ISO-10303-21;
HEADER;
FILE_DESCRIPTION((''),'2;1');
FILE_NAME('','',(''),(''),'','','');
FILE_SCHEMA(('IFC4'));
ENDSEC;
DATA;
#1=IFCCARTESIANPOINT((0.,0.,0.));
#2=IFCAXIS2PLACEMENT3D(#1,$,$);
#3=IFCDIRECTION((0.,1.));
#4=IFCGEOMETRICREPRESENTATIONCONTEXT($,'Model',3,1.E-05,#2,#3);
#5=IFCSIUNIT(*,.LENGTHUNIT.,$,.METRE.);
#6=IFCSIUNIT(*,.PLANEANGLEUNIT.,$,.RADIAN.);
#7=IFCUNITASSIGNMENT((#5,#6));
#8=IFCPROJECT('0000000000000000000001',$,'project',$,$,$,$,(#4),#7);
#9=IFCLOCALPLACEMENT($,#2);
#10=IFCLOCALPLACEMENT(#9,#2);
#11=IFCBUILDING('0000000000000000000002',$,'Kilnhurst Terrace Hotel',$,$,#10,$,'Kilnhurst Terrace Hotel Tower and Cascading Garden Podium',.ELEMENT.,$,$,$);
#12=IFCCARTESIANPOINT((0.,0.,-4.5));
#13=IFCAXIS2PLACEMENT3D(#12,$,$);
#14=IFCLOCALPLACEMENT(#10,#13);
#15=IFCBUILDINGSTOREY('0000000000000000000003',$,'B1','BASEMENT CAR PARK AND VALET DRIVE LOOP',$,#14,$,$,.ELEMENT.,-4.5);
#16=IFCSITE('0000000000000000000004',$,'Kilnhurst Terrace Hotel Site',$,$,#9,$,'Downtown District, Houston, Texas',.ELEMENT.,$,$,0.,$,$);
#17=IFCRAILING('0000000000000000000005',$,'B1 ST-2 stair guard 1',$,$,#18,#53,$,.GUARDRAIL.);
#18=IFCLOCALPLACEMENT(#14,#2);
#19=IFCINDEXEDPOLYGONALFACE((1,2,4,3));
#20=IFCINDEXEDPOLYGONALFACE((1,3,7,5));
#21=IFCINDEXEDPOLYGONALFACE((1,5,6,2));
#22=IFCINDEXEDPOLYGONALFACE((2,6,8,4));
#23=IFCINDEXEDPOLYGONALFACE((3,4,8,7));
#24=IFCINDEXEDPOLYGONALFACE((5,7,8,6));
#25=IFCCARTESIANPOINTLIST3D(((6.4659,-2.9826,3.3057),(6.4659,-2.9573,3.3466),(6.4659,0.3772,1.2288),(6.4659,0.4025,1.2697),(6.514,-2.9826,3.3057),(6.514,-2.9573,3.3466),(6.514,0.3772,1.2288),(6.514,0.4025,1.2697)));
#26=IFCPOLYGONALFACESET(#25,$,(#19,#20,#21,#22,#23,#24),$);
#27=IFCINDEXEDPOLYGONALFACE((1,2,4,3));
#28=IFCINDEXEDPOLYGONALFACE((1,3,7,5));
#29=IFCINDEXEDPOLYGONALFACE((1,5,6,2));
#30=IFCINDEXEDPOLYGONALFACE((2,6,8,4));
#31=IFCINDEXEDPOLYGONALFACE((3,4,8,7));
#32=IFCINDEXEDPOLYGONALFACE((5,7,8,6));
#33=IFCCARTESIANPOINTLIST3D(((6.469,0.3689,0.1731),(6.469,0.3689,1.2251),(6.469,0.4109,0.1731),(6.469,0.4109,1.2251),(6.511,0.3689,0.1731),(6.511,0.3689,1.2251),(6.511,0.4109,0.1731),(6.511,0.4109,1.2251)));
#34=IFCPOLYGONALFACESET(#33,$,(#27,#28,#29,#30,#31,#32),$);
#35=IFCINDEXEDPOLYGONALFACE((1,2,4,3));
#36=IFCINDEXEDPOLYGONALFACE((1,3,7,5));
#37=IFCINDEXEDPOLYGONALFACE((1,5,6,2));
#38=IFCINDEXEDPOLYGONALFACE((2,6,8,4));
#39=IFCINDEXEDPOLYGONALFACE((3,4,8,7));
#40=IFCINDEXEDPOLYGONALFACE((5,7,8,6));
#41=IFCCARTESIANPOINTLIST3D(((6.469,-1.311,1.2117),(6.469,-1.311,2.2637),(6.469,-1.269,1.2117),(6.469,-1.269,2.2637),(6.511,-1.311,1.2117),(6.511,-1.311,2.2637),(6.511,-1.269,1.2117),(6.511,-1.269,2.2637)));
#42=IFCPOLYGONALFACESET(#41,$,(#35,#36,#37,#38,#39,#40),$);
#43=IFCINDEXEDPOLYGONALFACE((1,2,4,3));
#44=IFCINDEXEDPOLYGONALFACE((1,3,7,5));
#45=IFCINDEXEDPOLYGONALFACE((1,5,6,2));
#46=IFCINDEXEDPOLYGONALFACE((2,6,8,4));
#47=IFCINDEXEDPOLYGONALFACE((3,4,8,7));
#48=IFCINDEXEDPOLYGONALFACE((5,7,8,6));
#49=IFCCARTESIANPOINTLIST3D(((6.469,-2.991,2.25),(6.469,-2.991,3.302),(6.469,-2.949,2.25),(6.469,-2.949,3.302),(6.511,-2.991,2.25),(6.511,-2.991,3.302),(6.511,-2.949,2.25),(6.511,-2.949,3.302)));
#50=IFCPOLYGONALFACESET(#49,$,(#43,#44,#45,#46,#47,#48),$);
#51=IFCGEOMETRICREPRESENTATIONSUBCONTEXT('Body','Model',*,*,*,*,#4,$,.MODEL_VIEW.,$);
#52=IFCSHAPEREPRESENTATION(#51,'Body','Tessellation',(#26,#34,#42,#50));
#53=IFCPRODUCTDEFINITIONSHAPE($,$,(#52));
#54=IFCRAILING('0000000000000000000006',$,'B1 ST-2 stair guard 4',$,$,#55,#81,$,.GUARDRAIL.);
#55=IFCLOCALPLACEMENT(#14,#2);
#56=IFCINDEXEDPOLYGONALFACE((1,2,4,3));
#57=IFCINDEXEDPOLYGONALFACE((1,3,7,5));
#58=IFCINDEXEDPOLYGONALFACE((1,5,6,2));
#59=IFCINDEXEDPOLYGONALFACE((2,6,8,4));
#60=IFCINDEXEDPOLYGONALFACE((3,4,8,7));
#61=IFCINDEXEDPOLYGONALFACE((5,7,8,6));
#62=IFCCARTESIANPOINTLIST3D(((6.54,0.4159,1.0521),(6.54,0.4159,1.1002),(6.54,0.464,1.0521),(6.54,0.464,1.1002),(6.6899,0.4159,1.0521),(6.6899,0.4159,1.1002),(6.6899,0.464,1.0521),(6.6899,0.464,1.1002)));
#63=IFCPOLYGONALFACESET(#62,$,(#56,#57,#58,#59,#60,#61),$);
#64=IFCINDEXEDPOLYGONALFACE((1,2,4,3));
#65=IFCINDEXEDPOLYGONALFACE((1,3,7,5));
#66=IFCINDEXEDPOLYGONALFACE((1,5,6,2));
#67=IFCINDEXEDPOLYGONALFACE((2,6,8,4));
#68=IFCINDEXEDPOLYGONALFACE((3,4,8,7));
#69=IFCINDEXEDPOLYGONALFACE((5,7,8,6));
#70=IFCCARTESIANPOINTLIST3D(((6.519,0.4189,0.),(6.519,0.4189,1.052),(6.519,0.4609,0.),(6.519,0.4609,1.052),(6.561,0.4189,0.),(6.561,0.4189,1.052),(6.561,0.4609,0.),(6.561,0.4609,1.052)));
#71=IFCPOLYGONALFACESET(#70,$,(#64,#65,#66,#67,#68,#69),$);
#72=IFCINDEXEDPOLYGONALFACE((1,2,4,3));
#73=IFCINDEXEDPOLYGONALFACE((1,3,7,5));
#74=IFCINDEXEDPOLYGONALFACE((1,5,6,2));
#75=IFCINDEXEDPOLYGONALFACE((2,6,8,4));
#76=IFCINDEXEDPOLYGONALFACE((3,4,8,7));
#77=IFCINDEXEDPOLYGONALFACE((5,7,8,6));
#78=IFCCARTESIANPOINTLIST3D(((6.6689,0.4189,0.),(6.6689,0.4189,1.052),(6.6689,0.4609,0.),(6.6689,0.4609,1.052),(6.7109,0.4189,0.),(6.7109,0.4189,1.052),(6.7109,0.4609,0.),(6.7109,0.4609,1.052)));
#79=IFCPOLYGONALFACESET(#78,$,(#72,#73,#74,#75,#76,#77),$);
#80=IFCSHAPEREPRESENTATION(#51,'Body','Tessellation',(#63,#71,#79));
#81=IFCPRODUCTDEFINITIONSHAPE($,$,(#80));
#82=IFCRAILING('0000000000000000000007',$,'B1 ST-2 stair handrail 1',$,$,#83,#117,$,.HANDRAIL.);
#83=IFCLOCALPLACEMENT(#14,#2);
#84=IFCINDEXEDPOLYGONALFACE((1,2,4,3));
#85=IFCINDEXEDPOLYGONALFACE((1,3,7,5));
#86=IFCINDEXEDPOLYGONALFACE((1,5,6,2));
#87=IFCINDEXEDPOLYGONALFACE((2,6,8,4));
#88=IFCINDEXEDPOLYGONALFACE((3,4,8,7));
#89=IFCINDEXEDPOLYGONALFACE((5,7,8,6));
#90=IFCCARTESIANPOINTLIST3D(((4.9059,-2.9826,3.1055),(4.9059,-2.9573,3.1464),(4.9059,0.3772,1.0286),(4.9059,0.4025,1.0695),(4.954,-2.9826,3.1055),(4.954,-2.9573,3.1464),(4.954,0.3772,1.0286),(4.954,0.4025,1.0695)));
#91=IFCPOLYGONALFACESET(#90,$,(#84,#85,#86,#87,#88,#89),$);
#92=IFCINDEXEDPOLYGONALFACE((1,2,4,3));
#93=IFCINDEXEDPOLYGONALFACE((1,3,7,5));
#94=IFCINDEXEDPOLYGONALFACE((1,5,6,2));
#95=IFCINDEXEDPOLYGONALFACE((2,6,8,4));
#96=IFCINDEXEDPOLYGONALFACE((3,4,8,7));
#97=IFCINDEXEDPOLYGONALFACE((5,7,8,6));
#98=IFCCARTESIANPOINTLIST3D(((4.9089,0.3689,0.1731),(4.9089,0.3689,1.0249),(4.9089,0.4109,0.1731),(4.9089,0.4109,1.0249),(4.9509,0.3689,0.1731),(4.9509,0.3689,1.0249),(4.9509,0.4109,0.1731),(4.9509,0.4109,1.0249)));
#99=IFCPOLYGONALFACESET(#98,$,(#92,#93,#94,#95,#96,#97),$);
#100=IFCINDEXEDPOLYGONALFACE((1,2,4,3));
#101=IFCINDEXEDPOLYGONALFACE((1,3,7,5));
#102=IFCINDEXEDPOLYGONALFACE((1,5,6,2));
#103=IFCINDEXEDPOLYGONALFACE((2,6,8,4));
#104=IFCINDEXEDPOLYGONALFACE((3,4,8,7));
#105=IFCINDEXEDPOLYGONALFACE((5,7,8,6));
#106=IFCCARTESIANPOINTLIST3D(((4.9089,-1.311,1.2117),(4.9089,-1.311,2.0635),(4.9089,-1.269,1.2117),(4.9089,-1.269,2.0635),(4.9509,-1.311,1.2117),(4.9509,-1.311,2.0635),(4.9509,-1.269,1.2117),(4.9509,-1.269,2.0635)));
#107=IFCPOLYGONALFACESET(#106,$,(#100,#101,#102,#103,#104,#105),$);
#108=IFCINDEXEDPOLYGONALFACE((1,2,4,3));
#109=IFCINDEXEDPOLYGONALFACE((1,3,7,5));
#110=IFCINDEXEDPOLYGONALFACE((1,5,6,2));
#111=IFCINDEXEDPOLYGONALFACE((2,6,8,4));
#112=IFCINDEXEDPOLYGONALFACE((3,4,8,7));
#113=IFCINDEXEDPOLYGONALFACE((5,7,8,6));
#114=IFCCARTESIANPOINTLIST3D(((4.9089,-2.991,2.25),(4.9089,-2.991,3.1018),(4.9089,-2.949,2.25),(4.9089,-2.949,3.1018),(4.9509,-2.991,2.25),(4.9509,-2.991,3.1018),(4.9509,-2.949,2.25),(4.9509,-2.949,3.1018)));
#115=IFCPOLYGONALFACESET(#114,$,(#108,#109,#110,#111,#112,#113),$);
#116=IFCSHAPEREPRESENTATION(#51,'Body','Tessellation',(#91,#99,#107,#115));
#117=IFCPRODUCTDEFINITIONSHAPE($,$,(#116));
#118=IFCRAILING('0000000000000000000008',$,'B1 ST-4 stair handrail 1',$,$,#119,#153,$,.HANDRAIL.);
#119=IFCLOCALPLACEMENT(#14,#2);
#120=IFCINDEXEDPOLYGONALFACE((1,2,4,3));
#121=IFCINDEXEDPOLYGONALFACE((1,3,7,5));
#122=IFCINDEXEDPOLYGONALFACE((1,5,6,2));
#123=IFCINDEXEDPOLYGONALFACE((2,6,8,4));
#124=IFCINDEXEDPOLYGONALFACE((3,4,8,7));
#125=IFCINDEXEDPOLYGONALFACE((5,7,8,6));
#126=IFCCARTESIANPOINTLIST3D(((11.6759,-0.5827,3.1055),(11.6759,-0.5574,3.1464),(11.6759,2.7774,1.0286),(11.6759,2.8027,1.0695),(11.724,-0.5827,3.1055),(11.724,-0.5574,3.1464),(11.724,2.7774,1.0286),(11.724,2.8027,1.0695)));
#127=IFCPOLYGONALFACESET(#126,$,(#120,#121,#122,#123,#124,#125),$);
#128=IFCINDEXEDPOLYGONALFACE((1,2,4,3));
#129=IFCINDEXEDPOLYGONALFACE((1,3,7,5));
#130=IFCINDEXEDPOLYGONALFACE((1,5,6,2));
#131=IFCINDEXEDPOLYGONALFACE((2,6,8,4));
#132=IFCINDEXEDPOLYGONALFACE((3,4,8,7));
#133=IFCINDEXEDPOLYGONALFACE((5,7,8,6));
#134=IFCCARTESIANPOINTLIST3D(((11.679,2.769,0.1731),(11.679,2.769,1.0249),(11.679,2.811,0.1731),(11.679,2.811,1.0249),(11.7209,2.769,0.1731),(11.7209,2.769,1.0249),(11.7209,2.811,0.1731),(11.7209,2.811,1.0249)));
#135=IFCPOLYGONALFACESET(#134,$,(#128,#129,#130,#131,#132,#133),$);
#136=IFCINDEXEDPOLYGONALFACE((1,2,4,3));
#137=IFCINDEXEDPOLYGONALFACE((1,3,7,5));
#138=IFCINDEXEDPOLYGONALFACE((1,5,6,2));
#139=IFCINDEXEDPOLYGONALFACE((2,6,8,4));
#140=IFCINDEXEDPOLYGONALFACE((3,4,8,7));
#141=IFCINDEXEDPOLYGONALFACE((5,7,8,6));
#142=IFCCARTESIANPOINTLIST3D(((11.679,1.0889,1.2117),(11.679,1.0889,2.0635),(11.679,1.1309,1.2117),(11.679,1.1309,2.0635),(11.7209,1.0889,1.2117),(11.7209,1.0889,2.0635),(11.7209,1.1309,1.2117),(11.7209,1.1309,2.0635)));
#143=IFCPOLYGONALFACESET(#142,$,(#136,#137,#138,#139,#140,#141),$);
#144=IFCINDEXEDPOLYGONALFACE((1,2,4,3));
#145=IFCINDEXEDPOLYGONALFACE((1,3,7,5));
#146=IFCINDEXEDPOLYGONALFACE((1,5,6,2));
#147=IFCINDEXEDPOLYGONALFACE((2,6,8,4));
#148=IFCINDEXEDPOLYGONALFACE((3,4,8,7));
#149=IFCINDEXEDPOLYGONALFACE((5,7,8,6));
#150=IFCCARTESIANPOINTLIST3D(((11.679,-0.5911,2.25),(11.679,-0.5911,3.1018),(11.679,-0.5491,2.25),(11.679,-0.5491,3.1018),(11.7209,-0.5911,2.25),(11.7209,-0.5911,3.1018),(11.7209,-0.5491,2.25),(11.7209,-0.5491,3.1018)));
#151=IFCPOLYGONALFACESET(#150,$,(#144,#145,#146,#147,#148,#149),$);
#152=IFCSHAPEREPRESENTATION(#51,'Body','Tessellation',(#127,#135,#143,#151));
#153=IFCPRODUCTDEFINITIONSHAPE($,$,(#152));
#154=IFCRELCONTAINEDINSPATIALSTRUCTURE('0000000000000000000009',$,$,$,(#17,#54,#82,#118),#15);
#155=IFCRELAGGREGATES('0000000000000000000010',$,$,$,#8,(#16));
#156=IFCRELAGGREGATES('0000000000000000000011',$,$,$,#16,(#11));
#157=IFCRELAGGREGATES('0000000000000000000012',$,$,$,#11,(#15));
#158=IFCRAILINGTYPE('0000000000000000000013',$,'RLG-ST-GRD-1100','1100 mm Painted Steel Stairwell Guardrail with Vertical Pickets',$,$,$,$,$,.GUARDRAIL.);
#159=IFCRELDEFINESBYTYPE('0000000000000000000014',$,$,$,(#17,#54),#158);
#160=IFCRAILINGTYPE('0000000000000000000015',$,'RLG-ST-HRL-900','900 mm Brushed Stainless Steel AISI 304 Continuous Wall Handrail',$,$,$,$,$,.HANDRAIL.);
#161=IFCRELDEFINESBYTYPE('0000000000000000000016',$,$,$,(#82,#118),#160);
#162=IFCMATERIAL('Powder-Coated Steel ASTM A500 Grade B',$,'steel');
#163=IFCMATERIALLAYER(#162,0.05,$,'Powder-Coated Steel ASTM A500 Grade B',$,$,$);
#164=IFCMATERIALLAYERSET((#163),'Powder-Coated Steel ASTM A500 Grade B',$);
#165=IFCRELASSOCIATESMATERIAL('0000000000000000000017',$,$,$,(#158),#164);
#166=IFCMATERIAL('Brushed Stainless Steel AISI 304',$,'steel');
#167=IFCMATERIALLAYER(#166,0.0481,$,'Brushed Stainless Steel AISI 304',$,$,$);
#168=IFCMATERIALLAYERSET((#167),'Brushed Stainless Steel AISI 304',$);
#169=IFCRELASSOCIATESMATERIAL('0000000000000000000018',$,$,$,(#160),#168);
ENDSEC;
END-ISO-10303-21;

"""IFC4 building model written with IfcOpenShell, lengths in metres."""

from ifc_helpers import new_model, si_unit, direction, frame, origin, origin_2d, place, context, subcontext, project, spatial, rectangle, extrude, material, layer, layer_set, type_object, element, save


model = new_model("IFC4")

# Units and contexts
model_context = context("Model", 3, precision=1e-05, world=origin(), true_north=direction((0.0, 1.0)))
body_context = subcontext(model_context, "Body", "Model", "MODEL_VIEW")
ifc_project = project(units=[si_unit("LENGTHUNIT", "METRE"), si_unit("PLANEANGLEUNIT", "RADIAN")], contexts=[model_context])

# Site, building, storey
site_placement = place(None, origin())
site = spatial("IfcSite", under=ifc_project, at=site_placement, Name="Kilnhurst Terrace Hotel Site", LongName="Downtown District, Houston, Texas", CompositionType="ELEMENT", RefElevation=0.0)
building_placement = place(site_placement, origin())
building = spatial("IfcBuilding", under=site, at=building_placement, Name="Kilnhurst Terrace Hotel", LongName="Kilnhurst Terrace Hotel Tower and Cascading Garden Podium", CompositionType="ELEMENT")
storey_placement = place(building_placement, frame((0.0, 0.0, -4.5)))
storey = spatial("IfcBuildingStorey", under=building, at=storey_placement, Name="B1", Description="BASEMENT CAR PARK AND VALET DRIVE LOOP", CompositionType="ELEMENT", Elevation=-4.5)

# Railings
ifc_material_1 = material(Name="Powder-Coated Steel ASTM A500 Grade B", Category="steel")
ifc_layer_1 = layer(ifc_material_1, 0.05, Name="Powder-Coated Steel ASTM A500 Grade B")
ifc_layer_set_1 = layer_set([ifc_layer_1], Name="Powder-Coated Steel ASTM A500 Grade B")
railing_type_1 = type_object("IfcRailingType", Name="RLG-ST-GRD-1100", Description="1100 mm Painted Steel Stairwell Guardrail with Vertical Pickets", PredefinedType="GUARDRAIL", material=ifc_layer_set_1)
railing_1_placement = place(storey_placement, frame((6.49, 0.3899, 0.1731)))
element("IfcRailing", 1, at=railing_1_placement, inside=storey, type_object=railing_type_1, Name="B1 ST-2 stair guard 1", PredefinedType="GUARDRAIL", context=body_context, shape_type="SweptSolid", body=[
    extrude(rectangle(XDim=0.0481, YDim=0.0481, at=origin_2d()), frame((0.0, 0.0, 1.0762), z_axis=(0.0, -0.850606, 0.525803), x_axis=(1.0, 0.0, 0.0)), (0.0, 0.0, 1.0), 3.95),
    extrude(rectangle(XDim=0.042, YDim=0.042, at=origin_2d()), origin(), (0.0, 0.0, 1.0), 1.052),
    extrude(rectangle(XDim=0.042, YDim=0.042, at=origin_2d()), frame((0.0, -1.6799, 1.0386)), (0.0, 0.0, 1.0), 1.052),
    extrude(rectangle(XDim=0.042, YDim=0.042, at=origin_2d()), frame((0.0, -3.3599, 2.0769)), (0.0, 0.0, 1.0), 1.052),
])
railing_2_placement = place(storey_placement, frame((6.54, 0.4399, 0.0)))
element("IfcRailing", 2, at=railing_2_placement, inside=storey, type_object=railing_type_1, Name="B1 ST-2 stair guard 4", PredefinedType="GUARDRAIL", context=body_context, shape_type="SweptSolid", body=[
    extrude(rectangle(XDim=0.0481, YDim=0.0481, at=origin_2d()), frame((0.0, 0.0, 1.0762), z_axis=(1.0, 0.0, 0.0), x_axis=(0.0, 1.0, 0.0)), (0.0, 0.0, 1.0), 0.1499),
    extrude(rectangle(XDim=0.042, YDim=0.042, at=origin_2d()), origin(), (0.0, 0.0, 1.0), 1.052),
    extrude(rectangle(XDim=0.042, YDim=0.042, at=origin_2d()), frame((0.1499, 0.0, 0.0)), (0.0, 0.0, 1.0), 1.052),
])
ifc_material_2 = material(Name="Brushed Stainless Steel AISI 304", Category="steel")
ifc_layer_2 = layer(ifc_material_2, 0.0481, Name="Brushed Stainless Steel AISI 304")
ifc_layer_set_2 = layer_set([ifc_layer_2], Name="Brushed Stainless Steel AISI 304")
railing_type_2 = type_object("IfcRailingType", Name="RLG-ST-HRL-900", Description="900 mm Brushed Stainless Steel AISI 304 Continuous Wall Handrail", PredefinedType="HANDRAIL", material=ifc_layer_set_2)
railing_3_placement = place(storey_placement, frame((4.9299, 0.3899, 0.1731)))
element("IfcRailing", 3, at=railing_3_placement, inside=storey, type_object=railing_type_2, Name="B1 ST-2 stair handrail 1", PredefinedType="HANDRAIL", context=body_context, shape_type="SweptSolid", body=[
    extrude(rectangle(XDim=0.0481, YDim=0.0481, at=origin_2d()), frame((0.0, 0.0, 0.876), z_axis=(0.0, -0.850606, 0.525803), x_axis=(1.0, 0.0, 0.0)), (0.0, 0.0, 1.0), 3.95),
    extrude(rectangle(XDim=0.042, YDim=0.042, at=origin_2d()), origin(), (0.0, 0.0, 1.0), 0.8518),
    extrude(rectangle(XDim=0.042, YDim=0.042, at=origin_2d()), frame((0.0, -1.6799, 1.0386)), (0.0, 0.0, 1.0), 0.8518),
    extrude(rectangle(XDim=0.042, YDim=0.042, at=origin_2d()), frame((0.0, -3.3599, 2.0769)), (0.0, 0.0, 1.0), 0.8518),
])
railing_4_placement = place(storey_placement, frame((11.7, 2.79, 0.1731)))
element("IfcRailing", 4, at=railing_4_placement, inside=storey, type_object=railing_type_2, Name="B1 ST-4 stair handrail 1", PredefinedType="HANDRAIL", context=body_context, shape_type="SweptSolid", body=[
    extrude(rectangle(XDim=0.0481, YDim=0.0481, at=origin_2d()), frame((0.0, 0.0, 0.876), z_axis=(0.0, -0.850623, 0.525776), x_axis=(1.0, 0.0, 0.0)), (0.0, 0.0, 1.0), 3.9502),
    extrude(rectangle(XDim=0.042, YDim=0.042, at=origin_2d()), origin(), (0.0, 0.0, 1.0), 0.8518),
    extrude(rectangle(XDim=0.042, YDim=0.042, at=origin_2d()), frame((0.0, -1.6802, 1.0386)), (0.0, 0.0, 1.0), 0.8518),
    extrude(rectangle(XDim=0.042, YDim=0.042, at=origin_2d()), frame((0.0, -3.3601, 2.0769)), (0.0, 0.0, 1.0), 0.8518),
])

save(model, "model.ifc")
